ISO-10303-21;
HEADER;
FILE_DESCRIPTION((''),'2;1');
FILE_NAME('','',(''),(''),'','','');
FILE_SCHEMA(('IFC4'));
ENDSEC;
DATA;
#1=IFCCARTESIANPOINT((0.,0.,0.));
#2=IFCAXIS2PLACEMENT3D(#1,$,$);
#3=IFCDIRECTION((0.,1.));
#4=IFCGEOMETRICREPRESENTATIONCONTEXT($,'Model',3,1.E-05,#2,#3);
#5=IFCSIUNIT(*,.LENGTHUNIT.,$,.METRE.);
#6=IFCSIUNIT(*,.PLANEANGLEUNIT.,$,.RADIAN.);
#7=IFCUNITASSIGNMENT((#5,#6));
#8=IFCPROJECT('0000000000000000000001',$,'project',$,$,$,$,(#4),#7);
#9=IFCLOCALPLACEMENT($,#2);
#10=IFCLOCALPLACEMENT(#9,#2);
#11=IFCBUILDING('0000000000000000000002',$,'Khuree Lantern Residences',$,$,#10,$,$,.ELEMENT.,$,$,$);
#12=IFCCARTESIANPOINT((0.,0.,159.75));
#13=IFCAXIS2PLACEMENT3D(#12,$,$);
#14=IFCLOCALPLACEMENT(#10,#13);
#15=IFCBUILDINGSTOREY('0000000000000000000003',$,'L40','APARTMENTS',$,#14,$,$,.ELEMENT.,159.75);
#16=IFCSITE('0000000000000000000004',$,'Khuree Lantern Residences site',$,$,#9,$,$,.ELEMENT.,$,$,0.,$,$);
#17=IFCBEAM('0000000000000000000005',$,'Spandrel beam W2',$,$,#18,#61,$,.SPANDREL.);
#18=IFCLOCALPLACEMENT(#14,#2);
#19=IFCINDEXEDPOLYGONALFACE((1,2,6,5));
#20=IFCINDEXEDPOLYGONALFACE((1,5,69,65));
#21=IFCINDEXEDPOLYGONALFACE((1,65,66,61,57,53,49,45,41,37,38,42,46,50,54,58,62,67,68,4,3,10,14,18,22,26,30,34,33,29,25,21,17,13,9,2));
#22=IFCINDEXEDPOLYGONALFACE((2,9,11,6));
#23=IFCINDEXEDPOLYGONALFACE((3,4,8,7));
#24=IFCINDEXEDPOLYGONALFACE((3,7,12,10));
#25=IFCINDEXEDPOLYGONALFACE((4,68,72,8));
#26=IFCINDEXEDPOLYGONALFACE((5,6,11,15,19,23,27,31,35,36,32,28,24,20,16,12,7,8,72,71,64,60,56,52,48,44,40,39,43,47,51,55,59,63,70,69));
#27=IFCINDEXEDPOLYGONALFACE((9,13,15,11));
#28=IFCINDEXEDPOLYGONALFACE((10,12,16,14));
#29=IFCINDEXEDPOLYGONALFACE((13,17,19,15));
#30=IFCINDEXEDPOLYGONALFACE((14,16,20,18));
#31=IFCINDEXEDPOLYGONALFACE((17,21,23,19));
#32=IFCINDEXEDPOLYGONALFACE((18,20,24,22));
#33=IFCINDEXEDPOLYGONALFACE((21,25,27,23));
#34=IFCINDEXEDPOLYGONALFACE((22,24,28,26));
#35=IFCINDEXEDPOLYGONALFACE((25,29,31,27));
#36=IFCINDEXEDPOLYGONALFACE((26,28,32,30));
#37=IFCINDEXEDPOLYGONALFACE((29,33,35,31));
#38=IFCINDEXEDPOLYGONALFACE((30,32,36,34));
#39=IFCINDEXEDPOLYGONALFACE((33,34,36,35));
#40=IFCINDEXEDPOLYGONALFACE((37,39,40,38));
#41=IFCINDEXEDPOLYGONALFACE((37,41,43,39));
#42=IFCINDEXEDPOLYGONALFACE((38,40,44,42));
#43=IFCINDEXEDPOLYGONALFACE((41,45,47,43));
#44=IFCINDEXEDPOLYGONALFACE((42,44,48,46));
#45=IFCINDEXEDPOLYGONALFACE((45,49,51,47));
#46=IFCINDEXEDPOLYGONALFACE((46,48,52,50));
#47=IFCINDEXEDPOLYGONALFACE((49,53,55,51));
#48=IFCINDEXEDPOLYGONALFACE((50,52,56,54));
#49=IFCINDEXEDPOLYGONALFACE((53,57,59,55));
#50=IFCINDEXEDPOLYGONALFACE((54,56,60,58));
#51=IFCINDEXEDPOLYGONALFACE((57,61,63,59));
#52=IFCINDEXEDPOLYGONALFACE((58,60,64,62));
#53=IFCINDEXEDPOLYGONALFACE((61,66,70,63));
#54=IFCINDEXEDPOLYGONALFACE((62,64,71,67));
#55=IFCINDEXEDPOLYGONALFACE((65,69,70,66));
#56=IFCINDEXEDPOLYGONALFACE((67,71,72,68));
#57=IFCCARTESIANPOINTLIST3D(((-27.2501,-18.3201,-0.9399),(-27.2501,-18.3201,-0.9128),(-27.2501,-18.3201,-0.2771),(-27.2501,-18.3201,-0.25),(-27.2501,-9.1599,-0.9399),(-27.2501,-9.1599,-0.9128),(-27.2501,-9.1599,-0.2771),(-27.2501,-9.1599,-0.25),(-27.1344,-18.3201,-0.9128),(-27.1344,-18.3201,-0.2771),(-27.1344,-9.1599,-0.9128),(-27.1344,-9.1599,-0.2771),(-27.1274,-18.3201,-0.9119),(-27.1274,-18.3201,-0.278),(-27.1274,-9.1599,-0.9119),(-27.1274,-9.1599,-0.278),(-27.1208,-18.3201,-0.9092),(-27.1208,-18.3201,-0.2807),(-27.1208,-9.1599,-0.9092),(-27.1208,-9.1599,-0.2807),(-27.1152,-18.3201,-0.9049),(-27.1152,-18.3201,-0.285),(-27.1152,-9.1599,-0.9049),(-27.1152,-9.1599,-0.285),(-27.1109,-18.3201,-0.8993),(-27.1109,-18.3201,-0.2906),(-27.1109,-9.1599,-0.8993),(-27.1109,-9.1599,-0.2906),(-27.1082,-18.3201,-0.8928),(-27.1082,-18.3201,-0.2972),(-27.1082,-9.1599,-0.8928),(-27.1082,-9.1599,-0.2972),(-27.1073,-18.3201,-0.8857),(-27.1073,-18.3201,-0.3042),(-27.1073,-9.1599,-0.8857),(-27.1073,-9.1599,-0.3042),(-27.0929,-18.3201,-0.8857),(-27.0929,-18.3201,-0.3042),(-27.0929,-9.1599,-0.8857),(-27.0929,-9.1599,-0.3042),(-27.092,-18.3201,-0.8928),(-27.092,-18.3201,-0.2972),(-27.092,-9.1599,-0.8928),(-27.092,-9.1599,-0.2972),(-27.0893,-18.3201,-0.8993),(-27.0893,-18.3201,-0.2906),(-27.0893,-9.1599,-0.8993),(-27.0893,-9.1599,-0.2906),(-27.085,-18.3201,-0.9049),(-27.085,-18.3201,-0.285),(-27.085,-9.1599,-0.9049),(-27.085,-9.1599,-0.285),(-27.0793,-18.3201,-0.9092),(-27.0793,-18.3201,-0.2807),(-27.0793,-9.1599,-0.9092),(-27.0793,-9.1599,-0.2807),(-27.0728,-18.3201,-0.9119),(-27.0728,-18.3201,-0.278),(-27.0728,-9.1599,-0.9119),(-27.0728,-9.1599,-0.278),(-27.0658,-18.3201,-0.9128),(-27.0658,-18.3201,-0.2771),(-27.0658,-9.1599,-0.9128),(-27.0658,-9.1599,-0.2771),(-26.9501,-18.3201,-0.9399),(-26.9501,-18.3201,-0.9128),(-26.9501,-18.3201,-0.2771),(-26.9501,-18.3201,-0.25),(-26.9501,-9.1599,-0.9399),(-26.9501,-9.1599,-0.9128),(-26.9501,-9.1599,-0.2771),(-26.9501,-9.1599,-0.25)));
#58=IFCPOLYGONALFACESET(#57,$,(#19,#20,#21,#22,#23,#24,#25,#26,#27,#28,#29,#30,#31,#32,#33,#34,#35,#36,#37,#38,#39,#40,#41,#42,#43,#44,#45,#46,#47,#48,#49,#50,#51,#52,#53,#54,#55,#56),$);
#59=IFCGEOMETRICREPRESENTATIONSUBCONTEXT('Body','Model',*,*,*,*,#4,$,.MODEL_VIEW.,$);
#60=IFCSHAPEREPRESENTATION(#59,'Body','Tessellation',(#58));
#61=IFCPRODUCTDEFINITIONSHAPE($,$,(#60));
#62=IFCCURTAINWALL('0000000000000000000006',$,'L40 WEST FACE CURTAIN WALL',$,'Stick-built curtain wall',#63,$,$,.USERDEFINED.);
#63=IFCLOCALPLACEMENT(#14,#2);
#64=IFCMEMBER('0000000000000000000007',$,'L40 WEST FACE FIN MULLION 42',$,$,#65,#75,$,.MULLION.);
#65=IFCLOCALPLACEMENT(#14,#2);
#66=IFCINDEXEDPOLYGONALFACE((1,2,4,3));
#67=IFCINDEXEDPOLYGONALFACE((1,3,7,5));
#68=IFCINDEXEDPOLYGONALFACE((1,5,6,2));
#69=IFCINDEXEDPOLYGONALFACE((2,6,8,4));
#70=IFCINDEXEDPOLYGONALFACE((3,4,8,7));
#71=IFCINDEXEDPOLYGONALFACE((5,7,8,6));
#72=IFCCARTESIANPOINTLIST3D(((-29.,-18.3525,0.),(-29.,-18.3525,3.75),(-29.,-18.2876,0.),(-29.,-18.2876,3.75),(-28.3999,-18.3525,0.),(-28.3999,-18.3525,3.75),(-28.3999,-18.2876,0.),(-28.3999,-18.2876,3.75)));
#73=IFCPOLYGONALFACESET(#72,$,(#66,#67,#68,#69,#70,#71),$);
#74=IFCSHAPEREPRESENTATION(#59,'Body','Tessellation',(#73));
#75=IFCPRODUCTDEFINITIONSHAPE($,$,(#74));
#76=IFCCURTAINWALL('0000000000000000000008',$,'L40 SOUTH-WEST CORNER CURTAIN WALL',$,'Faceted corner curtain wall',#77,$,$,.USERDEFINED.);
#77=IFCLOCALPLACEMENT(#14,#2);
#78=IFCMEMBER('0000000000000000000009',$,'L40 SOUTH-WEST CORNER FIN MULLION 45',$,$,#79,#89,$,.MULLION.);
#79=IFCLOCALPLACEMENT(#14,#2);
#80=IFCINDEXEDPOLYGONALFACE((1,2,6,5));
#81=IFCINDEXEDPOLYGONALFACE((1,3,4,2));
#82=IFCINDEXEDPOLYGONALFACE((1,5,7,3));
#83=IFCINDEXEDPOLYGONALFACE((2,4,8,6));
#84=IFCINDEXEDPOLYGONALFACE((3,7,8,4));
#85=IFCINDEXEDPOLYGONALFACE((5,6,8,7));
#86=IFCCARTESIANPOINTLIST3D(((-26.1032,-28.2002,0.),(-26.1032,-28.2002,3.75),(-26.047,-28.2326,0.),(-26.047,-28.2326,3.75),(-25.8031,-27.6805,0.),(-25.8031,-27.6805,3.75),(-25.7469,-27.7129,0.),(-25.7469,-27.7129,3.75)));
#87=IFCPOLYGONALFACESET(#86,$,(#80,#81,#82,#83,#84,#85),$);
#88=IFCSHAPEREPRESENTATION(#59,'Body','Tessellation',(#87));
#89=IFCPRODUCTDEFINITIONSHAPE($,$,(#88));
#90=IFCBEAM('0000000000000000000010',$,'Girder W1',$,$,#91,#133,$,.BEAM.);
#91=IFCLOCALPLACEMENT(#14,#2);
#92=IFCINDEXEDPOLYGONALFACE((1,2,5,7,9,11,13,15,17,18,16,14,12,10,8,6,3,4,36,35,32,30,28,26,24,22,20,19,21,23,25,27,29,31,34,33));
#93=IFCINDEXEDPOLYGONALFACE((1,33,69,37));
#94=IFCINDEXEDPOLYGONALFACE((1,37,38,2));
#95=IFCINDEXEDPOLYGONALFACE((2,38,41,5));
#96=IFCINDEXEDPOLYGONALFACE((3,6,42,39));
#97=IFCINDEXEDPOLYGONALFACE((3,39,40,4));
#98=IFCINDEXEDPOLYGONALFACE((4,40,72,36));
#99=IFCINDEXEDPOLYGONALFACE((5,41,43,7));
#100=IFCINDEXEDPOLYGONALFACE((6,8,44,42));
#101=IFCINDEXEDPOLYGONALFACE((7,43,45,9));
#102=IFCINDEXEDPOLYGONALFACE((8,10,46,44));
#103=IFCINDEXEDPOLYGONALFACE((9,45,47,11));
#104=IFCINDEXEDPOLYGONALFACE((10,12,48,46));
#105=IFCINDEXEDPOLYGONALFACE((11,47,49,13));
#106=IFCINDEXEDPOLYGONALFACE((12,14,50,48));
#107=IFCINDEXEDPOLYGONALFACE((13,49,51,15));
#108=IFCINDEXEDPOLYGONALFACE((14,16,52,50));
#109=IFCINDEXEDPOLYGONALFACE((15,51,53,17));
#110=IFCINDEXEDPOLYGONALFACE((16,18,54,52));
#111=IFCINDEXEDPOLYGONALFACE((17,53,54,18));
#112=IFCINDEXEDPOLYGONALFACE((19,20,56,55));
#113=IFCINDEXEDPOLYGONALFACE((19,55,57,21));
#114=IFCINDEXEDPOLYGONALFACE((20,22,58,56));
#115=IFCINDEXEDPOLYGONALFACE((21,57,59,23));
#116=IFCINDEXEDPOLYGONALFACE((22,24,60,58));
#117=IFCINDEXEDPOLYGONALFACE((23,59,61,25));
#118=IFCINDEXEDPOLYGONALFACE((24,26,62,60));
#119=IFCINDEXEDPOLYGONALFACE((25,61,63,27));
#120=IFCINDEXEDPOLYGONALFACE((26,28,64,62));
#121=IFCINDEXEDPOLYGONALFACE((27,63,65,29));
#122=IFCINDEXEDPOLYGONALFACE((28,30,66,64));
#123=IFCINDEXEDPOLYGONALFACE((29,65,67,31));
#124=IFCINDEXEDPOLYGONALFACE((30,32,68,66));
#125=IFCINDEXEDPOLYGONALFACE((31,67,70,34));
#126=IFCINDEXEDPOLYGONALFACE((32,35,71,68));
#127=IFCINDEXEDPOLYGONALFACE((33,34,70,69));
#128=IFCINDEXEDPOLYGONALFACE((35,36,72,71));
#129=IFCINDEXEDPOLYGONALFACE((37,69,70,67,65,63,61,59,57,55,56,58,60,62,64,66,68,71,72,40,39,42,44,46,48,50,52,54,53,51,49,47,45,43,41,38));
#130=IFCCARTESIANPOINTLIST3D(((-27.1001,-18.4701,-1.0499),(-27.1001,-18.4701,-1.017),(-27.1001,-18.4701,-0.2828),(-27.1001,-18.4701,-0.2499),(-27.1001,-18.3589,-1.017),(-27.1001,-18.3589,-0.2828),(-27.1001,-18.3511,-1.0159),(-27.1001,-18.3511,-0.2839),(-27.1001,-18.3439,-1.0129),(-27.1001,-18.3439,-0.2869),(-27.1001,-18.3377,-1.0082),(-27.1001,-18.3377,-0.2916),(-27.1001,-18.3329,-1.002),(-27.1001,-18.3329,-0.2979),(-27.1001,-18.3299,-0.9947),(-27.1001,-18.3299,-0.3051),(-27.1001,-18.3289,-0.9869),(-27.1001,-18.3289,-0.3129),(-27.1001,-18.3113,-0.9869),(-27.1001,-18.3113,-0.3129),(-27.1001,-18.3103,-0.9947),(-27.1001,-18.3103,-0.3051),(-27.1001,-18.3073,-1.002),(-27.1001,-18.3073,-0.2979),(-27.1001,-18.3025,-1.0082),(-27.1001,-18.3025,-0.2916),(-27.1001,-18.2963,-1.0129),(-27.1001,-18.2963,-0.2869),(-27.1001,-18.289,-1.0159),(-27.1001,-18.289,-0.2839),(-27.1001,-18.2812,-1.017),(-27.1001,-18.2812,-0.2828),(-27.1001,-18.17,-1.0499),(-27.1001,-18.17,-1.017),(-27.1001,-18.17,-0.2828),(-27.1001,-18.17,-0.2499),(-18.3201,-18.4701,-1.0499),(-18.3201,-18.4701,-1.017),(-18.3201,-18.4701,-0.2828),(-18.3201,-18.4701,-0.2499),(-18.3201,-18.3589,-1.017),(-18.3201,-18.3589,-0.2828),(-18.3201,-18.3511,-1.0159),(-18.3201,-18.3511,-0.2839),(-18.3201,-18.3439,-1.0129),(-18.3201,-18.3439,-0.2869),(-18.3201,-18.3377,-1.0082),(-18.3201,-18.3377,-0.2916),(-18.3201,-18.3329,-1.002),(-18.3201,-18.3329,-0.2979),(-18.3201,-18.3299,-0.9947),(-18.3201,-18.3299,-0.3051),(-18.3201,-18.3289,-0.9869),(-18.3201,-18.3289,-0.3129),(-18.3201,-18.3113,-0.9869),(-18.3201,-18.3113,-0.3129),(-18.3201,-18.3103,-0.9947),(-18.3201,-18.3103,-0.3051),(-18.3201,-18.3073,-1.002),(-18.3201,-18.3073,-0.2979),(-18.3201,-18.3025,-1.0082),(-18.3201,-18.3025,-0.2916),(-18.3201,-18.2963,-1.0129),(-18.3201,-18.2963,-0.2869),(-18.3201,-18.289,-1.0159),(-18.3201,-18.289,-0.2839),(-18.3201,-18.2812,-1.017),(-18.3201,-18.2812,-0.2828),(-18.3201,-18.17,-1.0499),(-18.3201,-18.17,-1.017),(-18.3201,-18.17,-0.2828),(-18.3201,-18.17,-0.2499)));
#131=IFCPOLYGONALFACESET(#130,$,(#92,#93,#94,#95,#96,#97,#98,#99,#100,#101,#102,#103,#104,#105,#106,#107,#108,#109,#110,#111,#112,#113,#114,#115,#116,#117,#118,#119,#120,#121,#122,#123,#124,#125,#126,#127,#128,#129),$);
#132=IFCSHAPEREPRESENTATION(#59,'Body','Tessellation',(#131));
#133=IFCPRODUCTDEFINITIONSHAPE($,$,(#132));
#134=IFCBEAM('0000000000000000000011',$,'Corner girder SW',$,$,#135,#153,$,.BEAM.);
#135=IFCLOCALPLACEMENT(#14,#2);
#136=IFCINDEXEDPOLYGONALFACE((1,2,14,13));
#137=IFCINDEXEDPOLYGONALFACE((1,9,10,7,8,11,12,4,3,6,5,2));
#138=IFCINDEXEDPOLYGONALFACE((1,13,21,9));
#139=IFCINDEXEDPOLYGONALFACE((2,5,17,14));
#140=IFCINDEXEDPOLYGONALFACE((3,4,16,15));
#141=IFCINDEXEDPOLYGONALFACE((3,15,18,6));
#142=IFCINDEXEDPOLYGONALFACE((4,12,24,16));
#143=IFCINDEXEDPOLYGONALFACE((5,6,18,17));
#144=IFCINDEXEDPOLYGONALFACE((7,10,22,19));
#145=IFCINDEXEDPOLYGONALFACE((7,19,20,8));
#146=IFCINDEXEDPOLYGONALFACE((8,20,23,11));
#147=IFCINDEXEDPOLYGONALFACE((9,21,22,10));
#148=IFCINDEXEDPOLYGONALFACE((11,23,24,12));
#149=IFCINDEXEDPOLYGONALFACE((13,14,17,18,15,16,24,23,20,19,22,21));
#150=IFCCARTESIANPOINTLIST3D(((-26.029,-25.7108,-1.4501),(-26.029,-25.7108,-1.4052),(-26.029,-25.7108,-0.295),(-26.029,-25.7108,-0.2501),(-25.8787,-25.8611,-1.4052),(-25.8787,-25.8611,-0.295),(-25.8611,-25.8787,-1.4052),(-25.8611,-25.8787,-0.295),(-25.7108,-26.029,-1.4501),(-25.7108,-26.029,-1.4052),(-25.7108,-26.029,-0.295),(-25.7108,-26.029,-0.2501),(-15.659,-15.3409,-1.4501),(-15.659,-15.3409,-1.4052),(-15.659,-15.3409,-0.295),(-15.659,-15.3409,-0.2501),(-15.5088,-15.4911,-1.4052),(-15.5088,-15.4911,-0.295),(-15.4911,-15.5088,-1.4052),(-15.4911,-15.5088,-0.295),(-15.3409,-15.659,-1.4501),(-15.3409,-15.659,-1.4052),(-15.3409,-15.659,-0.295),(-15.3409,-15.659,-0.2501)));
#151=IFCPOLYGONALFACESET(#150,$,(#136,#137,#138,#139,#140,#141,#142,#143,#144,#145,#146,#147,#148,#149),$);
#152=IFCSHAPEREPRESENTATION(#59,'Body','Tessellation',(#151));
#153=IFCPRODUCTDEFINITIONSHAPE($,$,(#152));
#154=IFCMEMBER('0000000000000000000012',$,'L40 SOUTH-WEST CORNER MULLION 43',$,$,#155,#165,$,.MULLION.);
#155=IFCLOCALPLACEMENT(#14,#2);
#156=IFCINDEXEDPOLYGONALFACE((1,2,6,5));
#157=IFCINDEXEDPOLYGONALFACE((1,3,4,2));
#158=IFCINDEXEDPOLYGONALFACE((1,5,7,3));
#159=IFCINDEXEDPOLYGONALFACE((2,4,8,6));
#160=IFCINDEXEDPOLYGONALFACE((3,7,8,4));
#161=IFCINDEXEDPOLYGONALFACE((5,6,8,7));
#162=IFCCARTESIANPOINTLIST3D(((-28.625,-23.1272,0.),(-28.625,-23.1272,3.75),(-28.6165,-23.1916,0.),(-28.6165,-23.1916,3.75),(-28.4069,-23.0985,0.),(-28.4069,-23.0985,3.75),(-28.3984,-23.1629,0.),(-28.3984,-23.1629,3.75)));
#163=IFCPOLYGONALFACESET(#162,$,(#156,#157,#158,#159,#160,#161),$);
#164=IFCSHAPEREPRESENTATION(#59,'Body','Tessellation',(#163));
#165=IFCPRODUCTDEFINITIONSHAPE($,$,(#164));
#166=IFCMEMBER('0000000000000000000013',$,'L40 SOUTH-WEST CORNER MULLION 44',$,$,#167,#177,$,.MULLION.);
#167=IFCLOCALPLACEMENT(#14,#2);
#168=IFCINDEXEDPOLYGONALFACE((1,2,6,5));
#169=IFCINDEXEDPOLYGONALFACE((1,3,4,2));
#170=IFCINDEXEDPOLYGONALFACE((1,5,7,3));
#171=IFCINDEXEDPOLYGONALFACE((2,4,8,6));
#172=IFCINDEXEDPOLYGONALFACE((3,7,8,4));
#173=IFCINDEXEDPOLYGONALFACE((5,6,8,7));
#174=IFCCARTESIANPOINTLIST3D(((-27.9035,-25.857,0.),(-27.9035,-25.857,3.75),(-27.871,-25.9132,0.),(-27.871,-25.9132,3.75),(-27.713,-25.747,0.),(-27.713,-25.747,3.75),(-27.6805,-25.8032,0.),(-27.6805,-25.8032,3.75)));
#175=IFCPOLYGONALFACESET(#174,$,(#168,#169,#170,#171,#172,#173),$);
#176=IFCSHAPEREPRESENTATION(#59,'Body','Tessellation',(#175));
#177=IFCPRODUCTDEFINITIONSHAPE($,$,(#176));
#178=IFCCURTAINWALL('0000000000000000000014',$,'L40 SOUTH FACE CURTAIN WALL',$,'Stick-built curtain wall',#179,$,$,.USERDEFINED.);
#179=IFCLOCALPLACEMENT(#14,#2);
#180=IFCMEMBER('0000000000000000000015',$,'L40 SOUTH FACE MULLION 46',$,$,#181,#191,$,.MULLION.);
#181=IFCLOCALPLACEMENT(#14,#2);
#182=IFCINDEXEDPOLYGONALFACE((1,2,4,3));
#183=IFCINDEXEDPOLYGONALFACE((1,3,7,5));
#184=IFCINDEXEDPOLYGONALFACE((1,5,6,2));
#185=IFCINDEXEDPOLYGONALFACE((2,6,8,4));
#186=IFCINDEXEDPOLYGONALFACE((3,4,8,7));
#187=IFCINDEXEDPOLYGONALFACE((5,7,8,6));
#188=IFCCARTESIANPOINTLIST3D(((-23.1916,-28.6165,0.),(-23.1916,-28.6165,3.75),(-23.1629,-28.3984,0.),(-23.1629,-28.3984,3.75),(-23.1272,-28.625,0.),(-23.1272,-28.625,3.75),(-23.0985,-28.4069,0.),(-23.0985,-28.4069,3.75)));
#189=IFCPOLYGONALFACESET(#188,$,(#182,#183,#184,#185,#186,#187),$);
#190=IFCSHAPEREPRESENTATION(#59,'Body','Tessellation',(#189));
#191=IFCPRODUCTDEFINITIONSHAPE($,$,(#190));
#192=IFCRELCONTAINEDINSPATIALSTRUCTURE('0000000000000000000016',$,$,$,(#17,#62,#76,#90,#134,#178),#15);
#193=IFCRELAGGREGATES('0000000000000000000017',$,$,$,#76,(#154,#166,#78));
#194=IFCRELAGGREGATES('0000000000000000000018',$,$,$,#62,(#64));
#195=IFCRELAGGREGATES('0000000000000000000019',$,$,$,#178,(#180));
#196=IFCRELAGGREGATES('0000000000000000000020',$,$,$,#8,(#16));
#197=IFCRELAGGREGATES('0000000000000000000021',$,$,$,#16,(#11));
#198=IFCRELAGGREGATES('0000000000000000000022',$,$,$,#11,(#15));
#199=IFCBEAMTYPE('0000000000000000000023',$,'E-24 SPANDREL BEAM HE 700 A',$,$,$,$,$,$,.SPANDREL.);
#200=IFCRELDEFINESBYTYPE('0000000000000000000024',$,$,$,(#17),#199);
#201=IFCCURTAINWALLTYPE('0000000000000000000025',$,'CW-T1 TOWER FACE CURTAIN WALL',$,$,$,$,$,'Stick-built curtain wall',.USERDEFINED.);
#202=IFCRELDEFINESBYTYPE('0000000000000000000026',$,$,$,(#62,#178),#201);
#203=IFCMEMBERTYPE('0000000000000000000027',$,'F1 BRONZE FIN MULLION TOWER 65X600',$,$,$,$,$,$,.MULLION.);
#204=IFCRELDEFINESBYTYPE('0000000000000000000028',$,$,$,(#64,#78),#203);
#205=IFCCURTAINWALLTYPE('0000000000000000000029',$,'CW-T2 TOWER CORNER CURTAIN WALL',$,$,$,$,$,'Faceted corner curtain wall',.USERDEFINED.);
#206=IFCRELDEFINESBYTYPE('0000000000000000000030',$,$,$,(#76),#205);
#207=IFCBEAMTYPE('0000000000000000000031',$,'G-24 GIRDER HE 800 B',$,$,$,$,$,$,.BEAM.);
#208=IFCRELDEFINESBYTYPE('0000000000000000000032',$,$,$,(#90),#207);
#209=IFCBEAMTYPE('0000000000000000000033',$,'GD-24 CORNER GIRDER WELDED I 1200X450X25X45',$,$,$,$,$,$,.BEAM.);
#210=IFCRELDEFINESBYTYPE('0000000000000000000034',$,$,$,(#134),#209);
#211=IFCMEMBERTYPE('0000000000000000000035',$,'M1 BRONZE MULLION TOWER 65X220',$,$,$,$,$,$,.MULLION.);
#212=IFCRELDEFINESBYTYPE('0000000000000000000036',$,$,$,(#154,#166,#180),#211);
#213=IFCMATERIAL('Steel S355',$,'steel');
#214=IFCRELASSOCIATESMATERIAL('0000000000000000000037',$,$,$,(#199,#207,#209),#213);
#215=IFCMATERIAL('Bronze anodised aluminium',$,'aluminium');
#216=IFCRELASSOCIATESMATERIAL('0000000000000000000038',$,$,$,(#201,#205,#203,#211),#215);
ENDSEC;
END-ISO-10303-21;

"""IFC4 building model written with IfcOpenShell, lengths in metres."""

from ifc_helpers import new_model, si_unit, direction, frame, origin, origin_2d, place, context, subcontext, project, spatial, rectangle, i_section, extrude, material, material_profile, profile_set, type_object, element, aggregate, save


model = new_model("IFC4")

# Units and contexts
model_context = context("Model", 3, precision=1e-05, world=origin(), true_north=direction((0.0, 1.0)))
body_context = subcontext(model_context, "Body", "Model", "MODEL_VIEW")
ifc_project = project(units=[si_unit("LENGTHUNIT", "METRE"), si_unit("PLANEANGLEUNIT", "RADIAN")], contexts=[model_context])

# Site, building, storey
site_placement = place(None, origin())
site = spatial("IfcSite", under=ifc_project, at=site_placement, Name="Khuree Lantern Residences site", CompositionType="ELEMENT", RefElevation=0.0)
building_placement = place(site_placement, origin())
building = spatial("IfcBuilding", under=site, at=building_placement, Name="Khuree Lantern Residences", CompositionType="ELEMENT")
storey_placement = place(building_placement, frame((0.0, 0.0, 159.75)))
storey = spatial("IfcBuildingStorey", under=building, at=storey_placement, Name="L40", Description="APARTMENTS", CompositionType="ELEMENT", Elevation=159.75)

# Beam
ifc_material_1 = material(Name="Steel S355", Category="steel")
ifc_material_profile_1 = material_profile(ifc_material_1, i_section(OverallWidth=0.3, OverallDepth=0.6899, WebThickness=0.0144, FlangeThickness=0.0271, FilletRadius=0.0271, at=origin_2d()), Name="HE 700 A")
ifc_profile_set_1 = profile_set([ifc_material_profile_1], Name="Steel S355")
beam_type_1 = type_object("IfcBeamType", Name="E-24 SPANDREL BEAM HE 700 A", PredefinedType="SPANDREL", material=ifc_profile_set_1)
beam_1_placement = place(storey_placement, frame((-27.1001, -18.3201, -0.595), z_axis=(0.0, 1.0, 0.0), x_axis=(-1.0, 0.0, 0.0)))
element("IfcBeam", 1, at=beam_1_placement, inside=storey, type_object=beam_type_1, Name="Spandrel beam W2", PredefinedType="SPANDREL", context=body_context, shape_type="SweptSolid", body=[
    extrude(i_section(OverallWidth=0.3, OverallDepth=0.6899, WebThickness=0.0144, FlangeThickness=0.0271, FilletRadius=0.0271, at=origin_2d()), origin(), (0.0, 0.0, 1.0), 9.1602),
])

# Curtain walls, members
ifc_material_2 = material(Name="Bronze anodised aluminium", Category="aluminium")
curtain_wall_type_1 = type_object("IfcCurtainWallType", Name="CW-T1 TOWER FACE CURTAIN WALL", ElementType="Stick-built curtain wall", PredefinedType="USERDEFINED", material=ifc_material_2)
curtain_wall_1_placement = place(storey_placement, origin())
curtain_wall_1 = element("IfcCurtainWall", 2, at=curtain_wall_1_placement, inside=storey, type_object=curtain_wall_type_1, Name="L40 WEST FACE CURTAIN WALL", ObjectType="Stick-built curtain wall", PredefinedType="USERDEFINED")
ifc_material_profile_2 = material_profile(ifc_material_2, rectangle(XDim=0.0649, YDim=0.6001, at=origin_2d()), Name="F1 65X600")
ifc_profile_set_2 = profile_set([ifc_material_profile_2], Name="Bronze anodised aluminium")
member_type_1 = type_object("IfcMemberType", Name="F1 BRONZE FIN MULLION TOWER 65X600", PredefinedType="MULLION", material=ifc_profile_set_2)
member_1_placement = place(storey_placement, frame((-28.7, -18.3201, 0.0), z_axis=(0.0, 0.0, 1.0), x_axis=(0.0, -1.0, 0.0)))
member_1 = element("IfcMember", 3, at=member_1_placement, type_object=member_type_1, Name="L40 WEST FACE FIN MULLION 42", PredefinedType="MULLION", context=body_context, shape_type="SweptSolid", body=[
    extrude(rectangle(XDim=0.0649, YDim=0.6001, at=origin_2d()), origin(), (0.0, 0.0, 1.0), 3.75),
])
curtain_wall_type_2 = type_object("IfcCurtainWallType", Name="CW-T2 TOWER CORNER CURTAIN WALL", ElementType="Faceted corner curtain wall", PredefinedType="USERDEFINED", material=ifc_material_2)
curtain_wall_2_placement = place(storey_placement, origin())
curtain_wall_2 = element("IfcCurtainWall", 4, at=curtain_wall_2_placement, inside=storey, type_object=curtain_wall_type_2, Name="L40 SOUTH-WEST CORNER CURTAIN WALL", ObjectType="Faceted corner curtain wall", PredefinedType="USERDEFINED")
member_2_placement = place(storey_placement, frame((-25.925, -27.9565, 0.0), z_axis=(0.0, 0.0, 1.0), x_axis=(0.866025, -0.5, 0.0)))
member_2 = element("IfcMember", 5, at=member_2_placement, type_object=member_type_1, Name="L40 SOUTH-WEST CORNER FIN MULLION 45", PredefinedType="MULLION", context=body_context, shape_type="SweptSolid", body=[
    extrude(rectangle(XDim=0.0649, YDim=0.6001, at=origin_2d()), origin(), (0.0, 0.0, 1.0), 3.75),
])

# Beams
ifc_material_profile_3 = material_profile(ifc_material_1, i_section(OverallWidth=0.3, OverallDepth=0.8, WebThickness=0.0176, FlangeThickness=0.033, FilletRadius=0.03, at=origin_2d()), Name="HE 800 B")
ifc_profile_set_3 = profile_set([ifc_material_profile_3], Name="Steel S355")
beam_type_2 = type_object("IfcBeamType", Name="G-24 GIRDER HE 800 B", PredefinedType="BEAM", material=ifc_profile_set_3)
beam_2_placement = place(storey_placement, frame((-27.1001, -18.3201, -0.6499), z_axis=(1.0, 0.0, 0.0), x_axis=(0.0, 1.0, 0.0)))
element("IfcBeam", 6, at=beam_2_placement, inside=storey, type_object=beam_type_2, Name="Girder W1", PredefinedType="BEAM", context=body_context, shape_type="SweptSolid", body=[
    extrude(i_section(OverallWidth=0.3, OverallDepth=0.8, WebThickness=0.0176, FlangeThickness=0.033, FilletRadius=0.03, at=origin_2d()), origin(), (0.0, 0.0, 1.0), 8.78),
])
ifc_material_profile_4 = material_profile(ifc_material_1, i_section(OverallWidth=0.45, OverallDepth=1.2, WebThickness=0.0249, FlangeThickness=0.0449, at=origin_2d()), Name="WELDED I 1200X450X25X45")
ifc_profile_set_4 = profile_set([ifc_material_profile_4], Name="Steel S355")
beam_type_3 = type_object("IfcBeamType", Name="GD-24 CORNER GIRDER WELDED I 1200X450X25X45", PredefinedType="BEAM", material=ifc_profile_set_4)
beam_3_placement = place(storey_placement, frame((-25.8699, -25.8699, -0.8501), z_axis=(0.707107, 0.707107, 0.0), x_axis=(-0.707107, 0.707107, 0.0)))
element("IfcBeam", 7, at=beam_3_placement, inside=storey, type_object=beam_type_3, Name="Corner girder SW", PredefinedType="BEAM", context=body_context, shape_type="SweptSolid", body=[
    extrude(i_section(OverallWidth=0.45, OverallDepth=1.2, WebThickness=0.0249, FlangeThickness=0.0449, at=origin_2d()), origin(), (0.0, 0.0, 1.0), 14.6653),
])

# Members
ifc_material_profile_5 = material_profile(ifc_material_2, rectangle(XDim=0.0649, YDim=0.22, at=origin_2d()), Name="M1 65X220")
ifc_profile_set_5 = profile_set([ifc_material_profile_5], Name="Bronze anodised aluminium")
member_type_2 = type_object("IfcMemberType", Name="M1 BRONZE MULLION TOWER 65X220", PredefinedType="MULLION", material=ifc_profile_set_5)
member_3_placement = place(storey_placement, frame((-28.5117, -23.145, 0.0), z_axis=(0.0, 0.0, 1.0), x_axis=(0.130526, -0.991445, 0.0)))
member_3 = element("IfcMember", 8, at=member_3_placement, type_object=member_type_2, Name="L40 SOUTH-WEST CORNER MULLION 43", PredefinedType="MULLION", context=body_context, shape_type="SweptSolid", body=[
    extrude(rectangle(XDim=0.0649, YDim=0.22, at=origin_2d()), origin(), (0.0, 0.0, 1.0), 3.75),
])
member_4_placement = place(storey_placement, frame((-27.792, -25.8301, 0.0), z_axis=(0.0, 0.0, 1.0), x_axis=(0.5, -0.866025, 0.0)))
member_4 = element("IfcMember", 9, at=member_4_placement, type_object=member_type_2, Name="L40 SOUTH-WEST CORNER MULLION 44", PredefinedType="MULLION", context=body_context, shape_type="SweptSolid", body=[
    extrude(rectangle(XDim=0.0649, YDim=0.22, at=origin_2d()), origin(), (0.0, 0.0, 1.0), 3.75),
])

# Curtain wall, member
curtain_wall_3_placement = place(storey_placement, origin())
curtain_wall_3 = element("IfcCurtainWall", 10, at=curtain_wall_3_placement, inside=storey, type_object=curtain_wall_type_1, Name="L40 SOUTH FACE CURTAIN WALL", ObjectType="Stick-built curtain wall", PredefinedType="USERDEFINED")
member_5_placement = place(storey_placement, frame((-23.145, -28.5117, 0.0), z_axis=(0.0, 0.0, 1.0), x_axis=(0.991445, -0.130526, 0.0)))
member_5 = element("IfcMember", 11, at=member_5_placement, type_object=member_type_2, Name="L40 SOUTH FACE MULLION 46", PredefinedType="MULLION", context=body_context, shape_type="SweptSolid", body=[
    extrude(rectangle(XDim=0.0649, YDim=0.22, at=origin_2d()), origin(), (0.0, 0.0, 1.0), 3.75),
])

aggregate(curtain_wall_2, [member_3, member_4, member_2])
aggregate(curtain_wall_1, [member_1])
aggregate(curtain_wall_3, [member_5])

save(model, "model.ifc")
